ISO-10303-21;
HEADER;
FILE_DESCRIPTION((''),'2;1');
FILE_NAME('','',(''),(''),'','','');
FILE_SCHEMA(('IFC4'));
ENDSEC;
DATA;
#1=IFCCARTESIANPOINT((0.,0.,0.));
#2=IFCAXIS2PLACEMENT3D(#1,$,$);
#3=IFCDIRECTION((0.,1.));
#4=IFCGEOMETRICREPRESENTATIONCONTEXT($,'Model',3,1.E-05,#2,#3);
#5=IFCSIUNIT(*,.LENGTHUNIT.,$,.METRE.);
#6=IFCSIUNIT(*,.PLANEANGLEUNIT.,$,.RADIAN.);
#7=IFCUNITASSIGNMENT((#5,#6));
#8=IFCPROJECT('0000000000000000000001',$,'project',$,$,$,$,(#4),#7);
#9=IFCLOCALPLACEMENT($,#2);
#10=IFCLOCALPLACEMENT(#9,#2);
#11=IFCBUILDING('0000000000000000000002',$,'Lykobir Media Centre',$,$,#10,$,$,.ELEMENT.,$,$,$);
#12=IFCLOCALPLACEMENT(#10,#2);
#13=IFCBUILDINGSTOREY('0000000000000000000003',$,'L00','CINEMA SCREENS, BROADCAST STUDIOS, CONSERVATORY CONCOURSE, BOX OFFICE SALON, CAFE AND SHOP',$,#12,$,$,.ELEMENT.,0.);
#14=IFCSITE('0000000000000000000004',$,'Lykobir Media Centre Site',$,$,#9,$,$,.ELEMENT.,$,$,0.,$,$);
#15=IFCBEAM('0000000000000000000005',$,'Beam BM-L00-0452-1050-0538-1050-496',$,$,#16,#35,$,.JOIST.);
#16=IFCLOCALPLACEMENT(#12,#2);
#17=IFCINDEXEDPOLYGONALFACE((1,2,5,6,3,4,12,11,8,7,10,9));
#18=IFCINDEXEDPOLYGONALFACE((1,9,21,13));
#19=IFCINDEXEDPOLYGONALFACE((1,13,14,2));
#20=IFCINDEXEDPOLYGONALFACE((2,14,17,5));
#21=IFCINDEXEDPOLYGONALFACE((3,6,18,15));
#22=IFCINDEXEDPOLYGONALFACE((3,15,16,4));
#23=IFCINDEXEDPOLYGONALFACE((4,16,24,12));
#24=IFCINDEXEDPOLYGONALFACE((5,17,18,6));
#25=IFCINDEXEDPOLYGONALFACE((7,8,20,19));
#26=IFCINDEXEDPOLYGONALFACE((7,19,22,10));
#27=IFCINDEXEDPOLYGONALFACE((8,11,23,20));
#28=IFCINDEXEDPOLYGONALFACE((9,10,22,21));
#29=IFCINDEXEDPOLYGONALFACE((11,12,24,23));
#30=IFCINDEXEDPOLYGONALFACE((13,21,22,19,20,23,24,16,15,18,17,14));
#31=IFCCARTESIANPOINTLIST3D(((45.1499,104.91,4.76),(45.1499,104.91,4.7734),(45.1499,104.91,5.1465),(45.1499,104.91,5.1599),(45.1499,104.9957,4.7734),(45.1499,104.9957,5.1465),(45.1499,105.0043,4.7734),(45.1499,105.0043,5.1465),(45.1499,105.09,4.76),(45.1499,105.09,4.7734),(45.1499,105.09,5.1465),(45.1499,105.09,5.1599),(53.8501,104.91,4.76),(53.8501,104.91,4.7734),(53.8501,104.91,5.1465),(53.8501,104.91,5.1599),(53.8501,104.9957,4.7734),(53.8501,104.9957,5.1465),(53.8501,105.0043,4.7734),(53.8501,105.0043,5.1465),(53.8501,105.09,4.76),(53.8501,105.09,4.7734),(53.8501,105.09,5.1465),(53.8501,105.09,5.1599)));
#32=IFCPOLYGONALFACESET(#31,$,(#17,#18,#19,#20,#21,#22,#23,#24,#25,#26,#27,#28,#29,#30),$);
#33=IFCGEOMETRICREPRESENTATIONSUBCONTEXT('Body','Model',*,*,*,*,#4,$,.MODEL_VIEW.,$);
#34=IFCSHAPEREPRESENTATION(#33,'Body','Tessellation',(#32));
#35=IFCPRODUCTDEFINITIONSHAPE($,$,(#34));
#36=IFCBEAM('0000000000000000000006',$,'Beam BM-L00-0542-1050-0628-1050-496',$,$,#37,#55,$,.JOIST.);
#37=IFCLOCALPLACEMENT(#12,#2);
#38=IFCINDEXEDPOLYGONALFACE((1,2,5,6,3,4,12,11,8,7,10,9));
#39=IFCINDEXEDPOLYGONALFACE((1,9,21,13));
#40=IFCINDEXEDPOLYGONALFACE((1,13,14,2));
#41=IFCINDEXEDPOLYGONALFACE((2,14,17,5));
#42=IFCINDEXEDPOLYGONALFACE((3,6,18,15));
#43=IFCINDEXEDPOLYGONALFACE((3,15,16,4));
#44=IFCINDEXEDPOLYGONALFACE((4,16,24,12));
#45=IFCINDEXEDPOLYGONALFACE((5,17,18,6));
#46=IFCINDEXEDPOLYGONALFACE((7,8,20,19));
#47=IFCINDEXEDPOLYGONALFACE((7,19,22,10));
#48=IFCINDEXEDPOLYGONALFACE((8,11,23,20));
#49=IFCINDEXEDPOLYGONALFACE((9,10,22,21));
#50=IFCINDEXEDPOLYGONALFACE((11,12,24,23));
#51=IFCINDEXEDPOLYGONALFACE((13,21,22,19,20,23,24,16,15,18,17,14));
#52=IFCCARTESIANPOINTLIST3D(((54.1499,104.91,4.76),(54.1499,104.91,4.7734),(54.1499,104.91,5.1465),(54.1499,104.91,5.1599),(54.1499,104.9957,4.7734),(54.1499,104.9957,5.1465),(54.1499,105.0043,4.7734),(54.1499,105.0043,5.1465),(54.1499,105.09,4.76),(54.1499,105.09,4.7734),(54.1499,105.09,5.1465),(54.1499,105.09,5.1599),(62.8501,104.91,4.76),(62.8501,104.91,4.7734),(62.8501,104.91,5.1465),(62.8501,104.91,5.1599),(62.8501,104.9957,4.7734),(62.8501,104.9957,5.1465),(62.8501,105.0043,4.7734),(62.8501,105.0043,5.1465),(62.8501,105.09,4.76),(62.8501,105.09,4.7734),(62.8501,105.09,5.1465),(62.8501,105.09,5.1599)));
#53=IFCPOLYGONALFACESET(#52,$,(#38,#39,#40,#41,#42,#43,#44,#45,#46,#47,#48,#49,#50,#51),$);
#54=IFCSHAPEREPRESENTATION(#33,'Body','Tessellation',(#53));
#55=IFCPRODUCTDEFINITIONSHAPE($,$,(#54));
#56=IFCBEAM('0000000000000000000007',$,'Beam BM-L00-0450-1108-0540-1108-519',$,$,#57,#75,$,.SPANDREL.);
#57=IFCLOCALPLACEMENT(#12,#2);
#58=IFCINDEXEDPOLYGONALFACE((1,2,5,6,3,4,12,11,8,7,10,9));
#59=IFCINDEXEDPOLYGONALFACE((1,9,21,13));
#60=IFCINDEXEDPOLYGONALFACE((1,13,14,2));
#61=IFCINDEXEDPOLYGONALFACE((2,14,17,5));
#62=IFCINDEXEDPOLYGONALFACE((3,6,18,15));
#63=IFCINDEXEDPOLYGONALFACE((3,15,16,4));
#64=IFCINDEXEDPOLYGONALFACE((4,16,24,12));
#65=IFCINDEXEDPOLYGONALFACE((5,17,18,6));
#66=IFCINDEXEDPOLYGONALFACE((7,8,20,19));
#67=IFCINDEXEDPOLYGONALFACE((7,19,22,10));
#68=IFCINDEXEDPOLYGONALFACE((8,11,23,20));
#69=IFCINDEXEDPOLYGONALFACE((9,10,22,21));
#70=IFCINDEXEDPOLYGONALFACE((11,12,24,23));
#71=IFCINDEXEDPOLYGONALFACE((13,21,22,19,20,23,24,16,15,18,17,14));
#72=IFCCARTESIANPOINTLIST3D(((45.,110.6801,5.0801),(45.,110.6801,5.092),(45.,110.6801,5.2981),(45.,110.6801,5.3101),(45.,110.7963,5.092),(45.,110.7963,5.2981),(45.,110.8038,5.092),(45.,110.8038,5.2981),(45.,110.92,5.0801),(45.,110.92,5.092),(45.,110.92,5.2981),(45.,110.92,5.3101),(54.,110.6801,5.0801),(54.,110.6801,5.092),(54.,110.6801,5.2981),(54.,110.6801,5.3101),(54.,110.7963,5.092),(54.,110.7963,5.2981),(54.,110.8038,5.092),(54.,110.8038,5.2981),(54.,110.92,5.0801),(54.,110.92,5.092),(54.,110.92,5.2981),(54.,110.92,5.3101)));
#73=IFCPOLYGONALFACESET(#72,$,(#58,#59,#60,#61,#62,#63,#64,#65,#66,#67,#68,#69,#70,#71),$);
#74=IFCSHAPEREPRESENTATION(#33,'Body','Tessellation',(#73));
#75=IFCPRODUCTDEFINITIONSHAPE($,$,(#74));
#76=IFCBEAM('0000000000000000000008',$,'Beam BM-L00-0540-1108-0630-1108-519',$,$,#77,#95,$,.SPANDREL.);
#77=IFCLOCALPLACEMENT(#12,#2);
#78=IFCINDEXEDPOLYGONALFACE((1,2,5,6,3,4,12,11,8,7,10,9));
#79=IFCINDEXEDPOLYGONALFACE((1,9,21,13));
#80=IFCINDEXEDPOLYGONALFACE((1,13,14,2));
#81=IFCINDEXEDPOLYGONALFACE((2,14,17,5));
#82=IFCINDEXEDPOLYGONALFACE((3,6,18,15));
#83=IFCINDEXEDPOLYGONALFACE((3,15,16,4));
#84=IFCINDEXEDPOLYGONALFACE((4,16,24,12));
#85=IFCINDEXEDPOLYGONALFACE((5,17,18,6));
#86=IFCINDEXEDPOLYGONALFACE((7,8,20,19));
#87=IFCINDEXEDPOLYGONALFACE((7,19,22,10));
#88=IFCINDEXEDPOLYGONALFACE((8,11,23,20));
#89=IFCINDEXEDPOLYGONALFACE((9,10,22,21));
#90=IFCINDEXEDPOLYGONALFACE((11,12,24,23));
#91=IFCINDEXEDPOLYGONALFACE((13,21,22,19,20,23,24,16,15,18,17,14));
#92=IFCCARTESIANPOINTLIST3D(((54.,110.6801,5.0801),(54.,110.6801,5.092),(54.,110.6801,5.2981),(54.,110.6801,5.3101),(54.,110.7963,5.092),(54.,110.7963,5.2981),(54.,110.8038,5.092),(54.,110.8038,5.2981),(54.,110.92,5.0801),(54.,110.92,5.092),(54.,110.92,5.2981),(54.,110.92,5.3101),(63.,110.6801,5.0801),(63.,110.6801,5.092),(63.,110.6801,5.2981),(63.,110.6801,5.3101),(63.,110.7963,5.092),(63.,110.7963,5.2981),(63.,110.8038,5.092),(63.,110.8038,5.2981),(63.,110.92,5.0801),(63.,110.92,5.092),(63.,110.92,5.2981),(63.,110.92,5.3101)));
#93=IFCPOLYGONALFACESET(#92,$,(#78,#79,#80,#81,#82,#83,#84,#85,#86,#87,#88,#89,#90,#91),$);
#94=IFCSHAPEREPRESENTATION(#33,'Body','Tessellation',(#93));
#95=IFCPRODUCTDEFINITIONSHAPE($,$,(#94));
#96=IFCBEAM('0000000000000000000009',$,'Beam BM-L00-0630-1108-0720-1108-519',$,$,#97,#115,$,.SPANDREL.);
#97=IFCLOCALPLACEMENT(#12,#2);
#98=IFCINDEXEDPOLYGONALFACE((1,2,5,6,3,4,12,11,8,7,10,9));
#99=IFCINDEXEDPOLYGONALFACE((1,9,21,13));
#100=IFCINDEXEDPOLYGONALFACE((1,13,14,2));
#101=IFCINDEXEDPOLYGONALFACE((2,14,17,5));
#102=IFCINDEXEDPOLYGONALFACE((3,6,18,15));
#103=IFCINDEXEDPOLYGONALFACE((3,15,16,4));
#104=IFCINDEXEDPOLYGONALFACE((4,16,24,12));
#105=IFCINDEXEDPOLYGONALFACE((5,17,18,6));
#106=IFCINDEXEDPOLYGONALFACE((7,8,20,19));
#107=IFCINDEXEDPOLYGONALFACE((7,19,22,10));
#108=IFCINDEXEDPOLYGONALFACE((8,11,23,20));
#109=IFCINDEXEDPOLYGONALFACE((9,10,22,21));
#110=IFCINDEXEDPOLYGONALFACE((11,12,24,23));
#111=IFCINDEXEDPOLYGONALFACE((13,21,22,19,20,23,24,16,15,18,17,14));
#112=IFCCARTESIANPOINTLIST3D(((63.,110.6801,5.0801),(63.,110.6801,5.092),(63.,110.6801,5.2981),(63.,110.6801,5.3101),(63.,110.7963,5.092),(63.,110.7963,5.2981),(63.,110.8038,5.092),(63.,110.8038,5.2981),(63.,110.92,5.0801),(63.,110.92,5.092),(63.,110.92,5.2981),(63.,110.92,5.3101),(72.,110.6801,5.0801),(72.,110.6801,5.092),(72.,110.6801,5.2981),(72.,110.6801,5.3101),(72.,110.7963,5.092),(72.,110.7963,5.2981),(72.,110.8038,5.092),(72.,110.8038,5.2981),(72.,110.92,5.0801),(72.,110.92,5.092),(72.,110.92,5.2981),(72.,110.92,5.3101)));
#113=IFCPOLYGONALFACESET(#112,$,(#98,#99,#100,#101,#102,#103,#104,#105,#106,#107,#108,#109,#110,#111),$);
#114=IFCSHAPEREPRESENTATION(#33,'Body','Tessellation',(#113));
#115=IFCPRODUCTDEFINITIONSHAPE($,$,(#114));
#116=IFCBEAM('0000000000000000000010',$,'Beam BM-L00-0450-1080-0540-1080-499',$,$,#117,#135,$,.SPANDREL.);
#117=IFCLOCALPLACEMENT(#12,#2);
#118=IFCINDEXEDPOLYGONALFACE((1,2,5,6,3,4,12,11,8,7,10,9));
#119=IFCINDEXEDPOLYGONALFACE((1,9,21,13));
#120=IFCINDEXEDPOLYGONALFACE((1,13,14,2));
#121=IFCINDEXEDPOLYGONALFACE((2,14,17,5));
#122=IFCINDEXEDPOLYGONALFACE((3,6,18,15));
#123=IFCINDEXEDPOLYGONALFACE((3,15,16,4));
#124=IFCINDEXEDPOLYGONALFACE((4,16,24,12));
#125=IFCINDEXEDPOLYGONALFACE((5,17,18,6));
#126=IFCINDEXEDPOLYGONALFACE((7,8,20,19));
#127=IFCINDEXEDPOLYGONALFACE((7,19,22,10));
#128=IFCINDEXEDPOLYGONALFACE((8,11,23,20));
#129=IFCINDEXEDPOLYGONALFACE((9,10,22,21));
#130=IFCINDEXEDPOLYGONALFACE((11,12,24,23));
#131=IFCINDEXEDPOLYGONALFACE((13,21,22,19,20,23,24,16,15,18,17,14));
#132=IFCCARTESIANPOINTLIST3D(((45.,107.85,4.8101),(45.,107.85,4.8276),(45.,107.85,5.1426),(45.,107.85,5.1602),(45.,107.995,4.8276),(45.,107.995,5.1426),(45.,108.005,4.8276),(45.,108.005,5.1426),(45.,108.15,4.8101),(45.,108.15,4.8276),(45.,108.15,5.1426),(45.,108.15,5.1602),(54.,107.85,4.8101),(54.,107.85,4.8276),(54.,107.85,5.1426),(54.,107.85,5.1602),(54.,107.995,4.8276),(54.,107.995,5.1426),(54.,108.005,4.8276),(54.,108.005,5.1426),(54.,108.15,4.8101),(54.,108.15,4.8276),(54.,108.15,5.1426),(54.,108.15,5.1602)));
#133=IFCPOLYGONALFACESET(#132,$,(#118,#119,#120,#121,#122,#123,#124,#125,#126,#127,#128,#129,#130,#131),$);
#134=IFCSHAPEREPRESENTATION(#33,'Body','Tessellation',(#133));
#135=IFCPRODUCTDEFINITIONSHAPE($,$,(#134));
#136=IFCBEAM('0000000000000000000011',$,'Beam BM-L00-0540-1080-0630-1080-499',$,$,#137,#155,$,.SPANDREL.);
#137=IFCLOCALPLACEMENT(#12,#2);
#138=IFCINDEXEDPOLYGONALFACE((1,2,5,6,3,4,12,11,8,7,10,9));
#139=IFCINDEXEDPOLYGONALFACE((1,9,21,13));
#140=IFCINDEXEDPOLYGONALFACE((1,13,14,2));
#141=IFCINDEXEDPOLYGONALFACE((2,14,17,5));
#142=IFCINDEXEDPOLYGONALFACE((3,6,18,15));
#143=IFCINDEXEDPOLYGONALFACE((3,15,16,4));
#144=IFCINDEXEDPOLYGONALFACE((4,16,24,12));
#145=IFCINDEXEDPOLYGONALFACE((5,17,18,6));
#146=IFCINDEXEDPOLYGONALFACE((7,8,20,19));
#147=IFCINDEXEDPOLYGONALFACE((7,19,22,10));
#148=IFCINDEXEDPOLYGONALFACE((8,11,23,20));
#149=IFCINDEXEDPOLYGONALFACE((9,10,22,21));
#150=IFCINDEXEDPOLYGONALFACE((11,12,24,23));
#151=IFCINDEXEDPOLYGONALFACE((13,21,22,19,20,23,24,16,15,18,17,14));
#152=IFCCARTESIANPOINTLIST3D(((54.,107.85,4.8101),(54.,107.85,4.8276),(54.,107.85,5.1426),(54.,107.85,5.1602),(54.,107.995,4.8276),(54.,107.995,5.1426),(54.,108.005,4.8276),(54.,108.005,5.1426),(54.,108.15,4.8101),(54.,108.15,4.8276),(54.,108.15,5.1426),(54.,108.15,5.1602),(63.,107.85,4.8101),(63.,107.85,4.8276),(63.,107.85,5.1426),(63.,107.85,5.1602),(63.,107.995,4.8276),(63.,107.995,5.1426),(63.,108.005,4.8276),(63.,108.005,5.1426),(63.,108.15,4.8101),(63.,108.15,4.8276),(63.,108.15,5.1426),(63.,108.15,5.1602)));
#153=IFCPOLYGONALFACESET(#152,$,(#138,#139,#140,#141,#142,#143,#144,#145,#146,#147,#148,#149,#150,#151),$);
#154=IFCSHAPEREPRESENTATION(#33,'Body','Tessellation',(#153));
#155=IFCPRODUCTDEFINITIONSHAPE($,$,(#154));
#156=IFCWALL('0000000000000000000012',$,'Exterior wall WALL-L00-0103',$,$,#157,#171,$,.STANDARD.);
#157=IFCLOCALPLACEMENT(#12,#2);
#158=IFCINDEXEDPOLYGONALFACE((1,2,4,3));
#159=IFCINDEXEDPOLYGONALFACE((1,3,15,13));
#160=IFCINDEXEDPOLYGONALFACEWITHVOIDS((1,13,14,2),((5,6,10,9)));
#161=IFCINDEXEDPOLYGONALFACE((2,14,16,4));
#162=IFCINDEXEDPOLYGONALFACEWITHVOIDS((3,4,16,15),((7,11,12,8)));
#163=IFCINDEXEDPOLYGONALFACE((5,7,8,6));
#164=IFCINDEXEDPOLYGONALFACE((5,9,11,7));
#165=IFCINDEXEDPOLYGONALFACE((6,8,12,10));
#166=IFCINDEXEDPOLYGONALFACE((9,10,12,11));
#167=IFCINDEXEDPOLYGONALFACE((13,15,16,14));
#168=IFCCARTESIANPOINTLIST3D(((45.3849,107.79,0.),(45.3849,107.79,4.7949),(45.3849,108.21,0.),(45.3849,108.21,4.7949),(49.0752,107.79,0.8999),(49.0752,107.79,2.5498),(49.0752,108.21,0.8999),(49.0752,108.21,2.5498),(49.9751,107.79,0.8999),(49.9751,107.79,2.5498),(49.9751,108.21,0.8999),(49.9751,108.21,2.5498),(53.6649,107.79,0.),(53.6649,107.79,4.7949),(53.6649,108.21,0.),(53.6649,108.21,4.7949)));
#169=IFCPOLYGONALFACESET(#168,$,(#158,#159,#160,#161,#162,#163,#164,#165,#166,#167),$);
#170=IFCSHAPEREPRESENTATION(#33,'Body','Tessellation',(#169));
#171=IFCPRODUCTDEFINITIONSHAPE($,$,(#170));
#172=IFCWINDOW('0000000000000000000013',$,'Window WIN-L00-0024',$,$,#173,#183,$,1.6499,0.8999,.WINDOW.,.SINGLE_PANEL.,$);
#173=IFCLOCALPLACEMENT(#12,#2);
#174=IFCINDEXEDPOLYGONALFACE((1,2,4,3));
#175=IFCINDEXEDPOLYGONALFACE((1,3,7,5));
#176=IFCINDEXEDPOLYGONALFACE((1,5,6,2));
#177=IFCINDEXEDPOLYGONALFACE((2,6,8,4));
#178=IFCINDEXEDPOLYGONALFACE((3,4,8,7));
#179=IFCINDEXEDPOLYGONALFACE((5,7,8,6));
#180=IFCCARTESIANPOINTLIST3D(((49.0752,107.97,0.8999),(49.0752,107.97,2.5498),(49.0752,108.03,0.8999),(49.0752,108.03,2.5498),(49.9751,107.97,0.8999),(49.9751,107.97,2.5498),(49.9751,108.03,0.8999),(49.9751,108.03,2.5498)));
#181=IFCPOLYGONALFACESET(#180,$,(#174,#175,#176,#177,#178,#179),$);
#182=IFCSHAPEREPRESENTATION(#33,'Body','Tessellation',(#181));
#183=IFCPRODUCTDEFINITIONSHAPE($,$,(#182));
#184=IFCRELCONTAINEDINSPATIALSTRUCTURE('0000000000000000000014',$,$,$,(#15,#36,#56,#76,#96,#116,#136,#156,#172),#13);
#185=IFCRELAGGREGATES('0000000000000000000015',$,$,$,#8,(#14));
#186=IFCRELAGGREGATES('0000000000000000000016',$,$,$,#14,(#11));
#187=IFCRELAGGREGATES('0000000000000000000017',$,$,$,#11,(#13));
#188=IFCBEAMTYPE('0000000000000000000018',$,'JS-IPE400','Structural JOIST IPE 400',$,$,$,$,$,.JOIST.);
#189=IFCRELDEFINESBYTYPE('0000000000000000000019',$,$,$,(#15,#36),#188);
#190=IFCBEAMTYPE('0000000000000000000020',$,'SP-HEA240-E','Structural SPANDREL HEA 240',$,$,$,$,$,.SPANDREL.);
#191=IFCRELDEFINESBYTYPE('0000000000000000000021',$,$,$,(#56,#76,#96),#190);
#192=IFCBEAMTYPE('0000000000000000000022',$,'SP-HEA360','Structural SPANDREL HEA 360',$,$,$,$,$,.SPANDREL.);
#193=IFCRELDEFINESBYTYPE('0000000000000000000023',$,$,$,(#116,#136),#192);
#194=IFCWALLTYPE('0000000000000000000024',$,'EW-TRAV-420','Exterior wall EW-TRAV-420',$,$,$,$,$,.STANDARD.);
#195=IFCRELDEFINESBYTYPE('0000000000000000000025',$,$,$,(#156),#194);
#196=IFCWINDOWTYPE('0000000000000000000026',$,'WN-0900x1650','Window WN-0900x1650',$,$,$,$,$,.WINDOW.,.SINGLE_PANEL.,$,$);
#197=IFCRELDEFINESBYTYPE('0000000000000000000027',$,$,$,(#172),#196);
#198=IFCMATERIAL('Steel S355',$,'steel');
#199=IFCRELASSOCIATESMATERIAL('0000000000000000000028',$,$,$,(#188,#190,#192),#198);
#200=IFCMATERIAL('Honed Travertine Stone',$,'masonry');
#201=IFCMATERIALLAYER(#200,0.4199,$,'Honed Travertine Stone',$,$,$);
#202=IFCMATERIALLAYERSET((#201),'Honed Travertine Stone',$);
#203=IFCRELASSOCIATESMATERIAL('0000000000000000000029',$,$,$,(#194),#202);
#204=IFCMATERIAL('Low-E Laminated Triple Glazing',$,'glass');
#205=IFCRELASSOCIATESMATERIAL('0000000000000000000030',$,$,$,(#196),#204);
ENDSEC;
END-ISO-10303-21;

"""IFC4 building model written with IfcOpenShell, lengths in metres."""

from ifc_helpers import new_model, si_unit, direction, frame, frame_2d, origin, origin_2d, place, context, subcontext, project, spatial, rectangle, i_section, extrude, material, layer, layer_set, material_profile, profile_set, type_object, element, fill, save


model = new_model("IFC4")

# Units and contexts
model_context = context("Model", 3, precision=1e-05, world=origin(), true_north=direction((0.0, 1.0)))
body_context = subcontext(model_context, "Body", "Model", "MODEL_VIEW")
ifc_project = project(units=[si_unit("LENGTHUNIT", "METRE"), si_unit("PLANEANGLEUNIT", "RADIAN")], contexts=[model_context])

# Site, building, storey
site_placement = place(None, origin())
site = spatial("IfcSite", under=ifc_project, at=site_placement, Name="Lykobir Media Centre Site", CompositionType="ELEMENT", RefElevation=0.0)
building_placement = place(site_placement, origin())
building = spatial("IfcBuilding", under=site, at=building_placement, Name="Lykobir Media Centre", CompositionType="ELEMENT")
storey_placement = place(building_placement, origin())
storey = spatial("IfcBuildingStorey", under=building, at=storey_placement, Name="L00", Description="CINEMA SCREENS, BROADCAST STUDIOS, CONSERVATORY CONCOURSE, BOX OFFICE SALON, CAFE AND SHOP", CompositionType="ELEMENT", Elevation=0.0)

# Shared definitions
ifc_material_1 = material(Name="Honed Travertine Stone", Category="masonry")
ifc_material_2 = material(Name="Steel S355", Category="steel")

# Beams
ifc_material_profile_1 = material_profile(ifc_material_2, i_section(OverallWidth=0.1799, OverallDepth=0.3999, WebThickness=0.0085, FlangeThickness=0.0134, at=origin_2d()), Name="IPE 400")
ifc_profile_set_1 = profile_set([ifc_material_profile_1], Name="Steel S355")
beam_type_1 = type_object("IfcBeamType", Name="JS-IPE400", Description="Structural JOIST IPE 400", PredefinedType="JOIST", material=ifc_profile_set_1)
for number, where, z_axis, x_axis, name in (
    (1, (45.1499, 105.0, 4.96), (1.0, 0.0, 0.0), (0.0, 1.0, 0.0), "Beam BM-L00-0452-1050-0538-1050-496"),
    (2, (54.1499, 105.0, 4.96), (1.0, 0.0, 0.0), (0.0, 1.0, 0.0), "Beam BM-L00-0542-1050-0628-1050-496"),
):
    element("IfcBeam", number, at=place(storey_placement, frame(where, z_axis=z_axis, x_axis=x_axis)), inside=storey, type_object=beam_type_1, Name=name, PredefinedType="JOIST", context=body_context, shape_type="SweptSolid", body=[
        extrude(i_section(OverallWidth=0.1799, OverallDepth=0.3999, WebThickness=0.0085, FlangeThickness=0.0134, at=origin_2d()), origin(), (0.0, 0.0, 1.0), 8.7002),
    ])
ifc_material_profile_2 = material_profile(ifc_material_2, i_section(OverallWidth=0.24, OverallDepth=0.23, WebThickness=0.0076, FlangeThickness=0.012, at=origin_2d()), Name="HEA 240")
ifc_profile_set_2 = profile_set([ifc_material_profile_2], Name="Steel S355")
beam_type_2 = type_object("IfcBeamType", Name="SP-HEA240-E", Description="Structural SPANDREL HEA 240", PredefinedType="SPANDREL", material=ifc_profile_set_2)
for number, where, z_axis, x_axis, name in (
    (3, (45.0, 110.8, 5.1951), (1.0, 0.0, 0.0), (0.0, 1.0, 0.0), "Beam BM-L00-0450-1108-0540-1108-519"),
    (4, (54.0, 110.8, 5.1951), (1.0, 0.0, 0.0), (0.0, 1.0, 0.0), "Beam BM-L00-0540-1108-0630-1108-519"),
    (5, (63.0, 110.8, 5.1951), (1.0, 0.0, 0.0), (0.0, 1.0, 0.0), "Beam BM-L00-0630-1108-0720-1108-519"),
):
    element("IfcBeam", number, at=place(storey_placement, frame(where, z_axis=z_axis, x_axis=x_axis)), inside=storey, type_object=beam_type_2, Name=name, PredefinedType="SPANDREL", context=body_context, shape_type="SweptSolid", body=[
        extrude(i_section(OverallWidth=0.24, OverallDepth=0.23, WebThickness=0.0076, FlangeThickness=0.012, at=origin_2d()), origin(), (0.0, 0.0, 1.0), 9.0),
    ])
ifc_material_profile_3 = material_profile(ifc_material_2, i_section(OverallWidth=0.3, OverallDepth=0.3501, WebThickness=0.01, FlangeThickness=0.0176, at=origin_2d()), Name="HEA 360")
ifc_profile_set_3 = profile_set([ifc_material_profile_3], Name="Steel S355")
beam_type_3 = type_object("IfcBeamType", Name="SP-HEA360", Description="Structural SPANDREL HEA 360", PredefinedType="SPANDREL", material=ifc_profile_set_3)
for number, where, z_axis, x_axis, name in (
    (6, (45.0, 108.0, 4.9851), (1.0, 0.0, 0.0), (0.0, 1.0, 0.0), "Beam BM-L00-0450-1080-0540-1080-499"),
    (7, (54.0, 108.0, 4.9851), (1.0, 0.0, 0.0), (0.0, 1.0, 0.0), "Beam BM-L00-0540-1080-0630-1080-499"),
):
    element("IfcBeam", number, at=place(storey_placement, frame(where, z_axis=z_axis, x_axis=x_axis)), inside=storey, type_object=beam_type_3, Name=name, PredefinedType="SPANDREL", context=body_context, shape_type="SweptSolid", body=[
        extrude(i_section(OverallWidth=0.3, OverallDepth=0.3501, WebThickness=0.01, FlangeThickness=0.0176, at=origin_2d()), origin(), (0.0, 0.0, 1.0), 9.0),
    ])

# Wall, opening, window
ifc_layer_1 = layer(ifc_material_1, 0.4199, Name="Honed Travertine Stone")
ifc_layer_set_1 = layer_set([ifc_layer_1], Name="Honed Travertine Stone")
wall_type = type_object("IfcWallType", Name="EW-TRAV-420", Description="Exterior wall EW-TRAV-420", PredefinedType="STANDARD", material=ifc_layer_set_1)
wall_1_placement = place(storey_placement, frame((53.665, 108.0, 0.0), z_axis=(0.0, 0.0, 1.0), x_axis=(-1.0, 0.0, 0.0)))
wall_1 = element("IfcWall", 8, at=wall_1_placement, inside=storey, type_object=wall_type, Name="Exterior wall WALL-L00-0103", PredefinedType="STANDARD", context=body_context, shape_type="SweptSolid", body=[
    extrude(rectangle(XDim=8.28, YDim=0.4199, at=frame_2d((4.1401, 0.0))), origin(), (0.0, 0.0, 1.0), 4.7949),
])
opening_1_placement = place(wall_1_placement, frame((3.6899, 0.0, 0.8999)))
opening_1 = element("IfcOpeningElement", 9, at=opening_1_placement, cuts=wall_1, PredefinedType="OPENING", context=body_context, shape_type="SweptSolid", body=[
    extrude(rectangle(XDim=0.8999, YDim=1.6499, at=frame_2d((0.45, 0.825))), frame((0.0, 0.22, 0.0), z_axis=(0.0, -1.0, 0.0), x_axis=(1.0, 0.0, 0.0)), (0.0, 0.0, 1.0), 0.4399),
])
ifc_material_3 = material(Name="Low-E Laminated Triple Glazing", Category="glass")
window_type = type_object("IfcWindowType", Name="WN-0900x1650", Description="Window WN-0900x1650", PartitioningType="SINGLE_PANEL", PredefinedType="WINDOW", material=ifc_material_3)
window_placement = place(opening_1_placement, origin())
window = element("IfcWindow", 10, at=window_placement, inside=storey, type_object=window_type, Name="Window WIN-L00-0024", OverallHeight=1.6499, OverallWidth=0.8999, PartitioningType="SINGLE_PANEL", PredefinedType="WINDOW", context=body_context, shape_type="SweptSolid", body=[
    extrude(rectangle(XDim=0.8999, YDim=1.6499, at=frame_2d((0.45, 0.825))), frame((0.0, 0.03, 0.0), z_axis=(0.0, -1.0, 0.0), x_axis=(1.0, 0.0, 0.0)), (0.0, 0.0, 1.0), 0.0601),
])
fill(opening_1, window)

save(model, "model.ifc")
